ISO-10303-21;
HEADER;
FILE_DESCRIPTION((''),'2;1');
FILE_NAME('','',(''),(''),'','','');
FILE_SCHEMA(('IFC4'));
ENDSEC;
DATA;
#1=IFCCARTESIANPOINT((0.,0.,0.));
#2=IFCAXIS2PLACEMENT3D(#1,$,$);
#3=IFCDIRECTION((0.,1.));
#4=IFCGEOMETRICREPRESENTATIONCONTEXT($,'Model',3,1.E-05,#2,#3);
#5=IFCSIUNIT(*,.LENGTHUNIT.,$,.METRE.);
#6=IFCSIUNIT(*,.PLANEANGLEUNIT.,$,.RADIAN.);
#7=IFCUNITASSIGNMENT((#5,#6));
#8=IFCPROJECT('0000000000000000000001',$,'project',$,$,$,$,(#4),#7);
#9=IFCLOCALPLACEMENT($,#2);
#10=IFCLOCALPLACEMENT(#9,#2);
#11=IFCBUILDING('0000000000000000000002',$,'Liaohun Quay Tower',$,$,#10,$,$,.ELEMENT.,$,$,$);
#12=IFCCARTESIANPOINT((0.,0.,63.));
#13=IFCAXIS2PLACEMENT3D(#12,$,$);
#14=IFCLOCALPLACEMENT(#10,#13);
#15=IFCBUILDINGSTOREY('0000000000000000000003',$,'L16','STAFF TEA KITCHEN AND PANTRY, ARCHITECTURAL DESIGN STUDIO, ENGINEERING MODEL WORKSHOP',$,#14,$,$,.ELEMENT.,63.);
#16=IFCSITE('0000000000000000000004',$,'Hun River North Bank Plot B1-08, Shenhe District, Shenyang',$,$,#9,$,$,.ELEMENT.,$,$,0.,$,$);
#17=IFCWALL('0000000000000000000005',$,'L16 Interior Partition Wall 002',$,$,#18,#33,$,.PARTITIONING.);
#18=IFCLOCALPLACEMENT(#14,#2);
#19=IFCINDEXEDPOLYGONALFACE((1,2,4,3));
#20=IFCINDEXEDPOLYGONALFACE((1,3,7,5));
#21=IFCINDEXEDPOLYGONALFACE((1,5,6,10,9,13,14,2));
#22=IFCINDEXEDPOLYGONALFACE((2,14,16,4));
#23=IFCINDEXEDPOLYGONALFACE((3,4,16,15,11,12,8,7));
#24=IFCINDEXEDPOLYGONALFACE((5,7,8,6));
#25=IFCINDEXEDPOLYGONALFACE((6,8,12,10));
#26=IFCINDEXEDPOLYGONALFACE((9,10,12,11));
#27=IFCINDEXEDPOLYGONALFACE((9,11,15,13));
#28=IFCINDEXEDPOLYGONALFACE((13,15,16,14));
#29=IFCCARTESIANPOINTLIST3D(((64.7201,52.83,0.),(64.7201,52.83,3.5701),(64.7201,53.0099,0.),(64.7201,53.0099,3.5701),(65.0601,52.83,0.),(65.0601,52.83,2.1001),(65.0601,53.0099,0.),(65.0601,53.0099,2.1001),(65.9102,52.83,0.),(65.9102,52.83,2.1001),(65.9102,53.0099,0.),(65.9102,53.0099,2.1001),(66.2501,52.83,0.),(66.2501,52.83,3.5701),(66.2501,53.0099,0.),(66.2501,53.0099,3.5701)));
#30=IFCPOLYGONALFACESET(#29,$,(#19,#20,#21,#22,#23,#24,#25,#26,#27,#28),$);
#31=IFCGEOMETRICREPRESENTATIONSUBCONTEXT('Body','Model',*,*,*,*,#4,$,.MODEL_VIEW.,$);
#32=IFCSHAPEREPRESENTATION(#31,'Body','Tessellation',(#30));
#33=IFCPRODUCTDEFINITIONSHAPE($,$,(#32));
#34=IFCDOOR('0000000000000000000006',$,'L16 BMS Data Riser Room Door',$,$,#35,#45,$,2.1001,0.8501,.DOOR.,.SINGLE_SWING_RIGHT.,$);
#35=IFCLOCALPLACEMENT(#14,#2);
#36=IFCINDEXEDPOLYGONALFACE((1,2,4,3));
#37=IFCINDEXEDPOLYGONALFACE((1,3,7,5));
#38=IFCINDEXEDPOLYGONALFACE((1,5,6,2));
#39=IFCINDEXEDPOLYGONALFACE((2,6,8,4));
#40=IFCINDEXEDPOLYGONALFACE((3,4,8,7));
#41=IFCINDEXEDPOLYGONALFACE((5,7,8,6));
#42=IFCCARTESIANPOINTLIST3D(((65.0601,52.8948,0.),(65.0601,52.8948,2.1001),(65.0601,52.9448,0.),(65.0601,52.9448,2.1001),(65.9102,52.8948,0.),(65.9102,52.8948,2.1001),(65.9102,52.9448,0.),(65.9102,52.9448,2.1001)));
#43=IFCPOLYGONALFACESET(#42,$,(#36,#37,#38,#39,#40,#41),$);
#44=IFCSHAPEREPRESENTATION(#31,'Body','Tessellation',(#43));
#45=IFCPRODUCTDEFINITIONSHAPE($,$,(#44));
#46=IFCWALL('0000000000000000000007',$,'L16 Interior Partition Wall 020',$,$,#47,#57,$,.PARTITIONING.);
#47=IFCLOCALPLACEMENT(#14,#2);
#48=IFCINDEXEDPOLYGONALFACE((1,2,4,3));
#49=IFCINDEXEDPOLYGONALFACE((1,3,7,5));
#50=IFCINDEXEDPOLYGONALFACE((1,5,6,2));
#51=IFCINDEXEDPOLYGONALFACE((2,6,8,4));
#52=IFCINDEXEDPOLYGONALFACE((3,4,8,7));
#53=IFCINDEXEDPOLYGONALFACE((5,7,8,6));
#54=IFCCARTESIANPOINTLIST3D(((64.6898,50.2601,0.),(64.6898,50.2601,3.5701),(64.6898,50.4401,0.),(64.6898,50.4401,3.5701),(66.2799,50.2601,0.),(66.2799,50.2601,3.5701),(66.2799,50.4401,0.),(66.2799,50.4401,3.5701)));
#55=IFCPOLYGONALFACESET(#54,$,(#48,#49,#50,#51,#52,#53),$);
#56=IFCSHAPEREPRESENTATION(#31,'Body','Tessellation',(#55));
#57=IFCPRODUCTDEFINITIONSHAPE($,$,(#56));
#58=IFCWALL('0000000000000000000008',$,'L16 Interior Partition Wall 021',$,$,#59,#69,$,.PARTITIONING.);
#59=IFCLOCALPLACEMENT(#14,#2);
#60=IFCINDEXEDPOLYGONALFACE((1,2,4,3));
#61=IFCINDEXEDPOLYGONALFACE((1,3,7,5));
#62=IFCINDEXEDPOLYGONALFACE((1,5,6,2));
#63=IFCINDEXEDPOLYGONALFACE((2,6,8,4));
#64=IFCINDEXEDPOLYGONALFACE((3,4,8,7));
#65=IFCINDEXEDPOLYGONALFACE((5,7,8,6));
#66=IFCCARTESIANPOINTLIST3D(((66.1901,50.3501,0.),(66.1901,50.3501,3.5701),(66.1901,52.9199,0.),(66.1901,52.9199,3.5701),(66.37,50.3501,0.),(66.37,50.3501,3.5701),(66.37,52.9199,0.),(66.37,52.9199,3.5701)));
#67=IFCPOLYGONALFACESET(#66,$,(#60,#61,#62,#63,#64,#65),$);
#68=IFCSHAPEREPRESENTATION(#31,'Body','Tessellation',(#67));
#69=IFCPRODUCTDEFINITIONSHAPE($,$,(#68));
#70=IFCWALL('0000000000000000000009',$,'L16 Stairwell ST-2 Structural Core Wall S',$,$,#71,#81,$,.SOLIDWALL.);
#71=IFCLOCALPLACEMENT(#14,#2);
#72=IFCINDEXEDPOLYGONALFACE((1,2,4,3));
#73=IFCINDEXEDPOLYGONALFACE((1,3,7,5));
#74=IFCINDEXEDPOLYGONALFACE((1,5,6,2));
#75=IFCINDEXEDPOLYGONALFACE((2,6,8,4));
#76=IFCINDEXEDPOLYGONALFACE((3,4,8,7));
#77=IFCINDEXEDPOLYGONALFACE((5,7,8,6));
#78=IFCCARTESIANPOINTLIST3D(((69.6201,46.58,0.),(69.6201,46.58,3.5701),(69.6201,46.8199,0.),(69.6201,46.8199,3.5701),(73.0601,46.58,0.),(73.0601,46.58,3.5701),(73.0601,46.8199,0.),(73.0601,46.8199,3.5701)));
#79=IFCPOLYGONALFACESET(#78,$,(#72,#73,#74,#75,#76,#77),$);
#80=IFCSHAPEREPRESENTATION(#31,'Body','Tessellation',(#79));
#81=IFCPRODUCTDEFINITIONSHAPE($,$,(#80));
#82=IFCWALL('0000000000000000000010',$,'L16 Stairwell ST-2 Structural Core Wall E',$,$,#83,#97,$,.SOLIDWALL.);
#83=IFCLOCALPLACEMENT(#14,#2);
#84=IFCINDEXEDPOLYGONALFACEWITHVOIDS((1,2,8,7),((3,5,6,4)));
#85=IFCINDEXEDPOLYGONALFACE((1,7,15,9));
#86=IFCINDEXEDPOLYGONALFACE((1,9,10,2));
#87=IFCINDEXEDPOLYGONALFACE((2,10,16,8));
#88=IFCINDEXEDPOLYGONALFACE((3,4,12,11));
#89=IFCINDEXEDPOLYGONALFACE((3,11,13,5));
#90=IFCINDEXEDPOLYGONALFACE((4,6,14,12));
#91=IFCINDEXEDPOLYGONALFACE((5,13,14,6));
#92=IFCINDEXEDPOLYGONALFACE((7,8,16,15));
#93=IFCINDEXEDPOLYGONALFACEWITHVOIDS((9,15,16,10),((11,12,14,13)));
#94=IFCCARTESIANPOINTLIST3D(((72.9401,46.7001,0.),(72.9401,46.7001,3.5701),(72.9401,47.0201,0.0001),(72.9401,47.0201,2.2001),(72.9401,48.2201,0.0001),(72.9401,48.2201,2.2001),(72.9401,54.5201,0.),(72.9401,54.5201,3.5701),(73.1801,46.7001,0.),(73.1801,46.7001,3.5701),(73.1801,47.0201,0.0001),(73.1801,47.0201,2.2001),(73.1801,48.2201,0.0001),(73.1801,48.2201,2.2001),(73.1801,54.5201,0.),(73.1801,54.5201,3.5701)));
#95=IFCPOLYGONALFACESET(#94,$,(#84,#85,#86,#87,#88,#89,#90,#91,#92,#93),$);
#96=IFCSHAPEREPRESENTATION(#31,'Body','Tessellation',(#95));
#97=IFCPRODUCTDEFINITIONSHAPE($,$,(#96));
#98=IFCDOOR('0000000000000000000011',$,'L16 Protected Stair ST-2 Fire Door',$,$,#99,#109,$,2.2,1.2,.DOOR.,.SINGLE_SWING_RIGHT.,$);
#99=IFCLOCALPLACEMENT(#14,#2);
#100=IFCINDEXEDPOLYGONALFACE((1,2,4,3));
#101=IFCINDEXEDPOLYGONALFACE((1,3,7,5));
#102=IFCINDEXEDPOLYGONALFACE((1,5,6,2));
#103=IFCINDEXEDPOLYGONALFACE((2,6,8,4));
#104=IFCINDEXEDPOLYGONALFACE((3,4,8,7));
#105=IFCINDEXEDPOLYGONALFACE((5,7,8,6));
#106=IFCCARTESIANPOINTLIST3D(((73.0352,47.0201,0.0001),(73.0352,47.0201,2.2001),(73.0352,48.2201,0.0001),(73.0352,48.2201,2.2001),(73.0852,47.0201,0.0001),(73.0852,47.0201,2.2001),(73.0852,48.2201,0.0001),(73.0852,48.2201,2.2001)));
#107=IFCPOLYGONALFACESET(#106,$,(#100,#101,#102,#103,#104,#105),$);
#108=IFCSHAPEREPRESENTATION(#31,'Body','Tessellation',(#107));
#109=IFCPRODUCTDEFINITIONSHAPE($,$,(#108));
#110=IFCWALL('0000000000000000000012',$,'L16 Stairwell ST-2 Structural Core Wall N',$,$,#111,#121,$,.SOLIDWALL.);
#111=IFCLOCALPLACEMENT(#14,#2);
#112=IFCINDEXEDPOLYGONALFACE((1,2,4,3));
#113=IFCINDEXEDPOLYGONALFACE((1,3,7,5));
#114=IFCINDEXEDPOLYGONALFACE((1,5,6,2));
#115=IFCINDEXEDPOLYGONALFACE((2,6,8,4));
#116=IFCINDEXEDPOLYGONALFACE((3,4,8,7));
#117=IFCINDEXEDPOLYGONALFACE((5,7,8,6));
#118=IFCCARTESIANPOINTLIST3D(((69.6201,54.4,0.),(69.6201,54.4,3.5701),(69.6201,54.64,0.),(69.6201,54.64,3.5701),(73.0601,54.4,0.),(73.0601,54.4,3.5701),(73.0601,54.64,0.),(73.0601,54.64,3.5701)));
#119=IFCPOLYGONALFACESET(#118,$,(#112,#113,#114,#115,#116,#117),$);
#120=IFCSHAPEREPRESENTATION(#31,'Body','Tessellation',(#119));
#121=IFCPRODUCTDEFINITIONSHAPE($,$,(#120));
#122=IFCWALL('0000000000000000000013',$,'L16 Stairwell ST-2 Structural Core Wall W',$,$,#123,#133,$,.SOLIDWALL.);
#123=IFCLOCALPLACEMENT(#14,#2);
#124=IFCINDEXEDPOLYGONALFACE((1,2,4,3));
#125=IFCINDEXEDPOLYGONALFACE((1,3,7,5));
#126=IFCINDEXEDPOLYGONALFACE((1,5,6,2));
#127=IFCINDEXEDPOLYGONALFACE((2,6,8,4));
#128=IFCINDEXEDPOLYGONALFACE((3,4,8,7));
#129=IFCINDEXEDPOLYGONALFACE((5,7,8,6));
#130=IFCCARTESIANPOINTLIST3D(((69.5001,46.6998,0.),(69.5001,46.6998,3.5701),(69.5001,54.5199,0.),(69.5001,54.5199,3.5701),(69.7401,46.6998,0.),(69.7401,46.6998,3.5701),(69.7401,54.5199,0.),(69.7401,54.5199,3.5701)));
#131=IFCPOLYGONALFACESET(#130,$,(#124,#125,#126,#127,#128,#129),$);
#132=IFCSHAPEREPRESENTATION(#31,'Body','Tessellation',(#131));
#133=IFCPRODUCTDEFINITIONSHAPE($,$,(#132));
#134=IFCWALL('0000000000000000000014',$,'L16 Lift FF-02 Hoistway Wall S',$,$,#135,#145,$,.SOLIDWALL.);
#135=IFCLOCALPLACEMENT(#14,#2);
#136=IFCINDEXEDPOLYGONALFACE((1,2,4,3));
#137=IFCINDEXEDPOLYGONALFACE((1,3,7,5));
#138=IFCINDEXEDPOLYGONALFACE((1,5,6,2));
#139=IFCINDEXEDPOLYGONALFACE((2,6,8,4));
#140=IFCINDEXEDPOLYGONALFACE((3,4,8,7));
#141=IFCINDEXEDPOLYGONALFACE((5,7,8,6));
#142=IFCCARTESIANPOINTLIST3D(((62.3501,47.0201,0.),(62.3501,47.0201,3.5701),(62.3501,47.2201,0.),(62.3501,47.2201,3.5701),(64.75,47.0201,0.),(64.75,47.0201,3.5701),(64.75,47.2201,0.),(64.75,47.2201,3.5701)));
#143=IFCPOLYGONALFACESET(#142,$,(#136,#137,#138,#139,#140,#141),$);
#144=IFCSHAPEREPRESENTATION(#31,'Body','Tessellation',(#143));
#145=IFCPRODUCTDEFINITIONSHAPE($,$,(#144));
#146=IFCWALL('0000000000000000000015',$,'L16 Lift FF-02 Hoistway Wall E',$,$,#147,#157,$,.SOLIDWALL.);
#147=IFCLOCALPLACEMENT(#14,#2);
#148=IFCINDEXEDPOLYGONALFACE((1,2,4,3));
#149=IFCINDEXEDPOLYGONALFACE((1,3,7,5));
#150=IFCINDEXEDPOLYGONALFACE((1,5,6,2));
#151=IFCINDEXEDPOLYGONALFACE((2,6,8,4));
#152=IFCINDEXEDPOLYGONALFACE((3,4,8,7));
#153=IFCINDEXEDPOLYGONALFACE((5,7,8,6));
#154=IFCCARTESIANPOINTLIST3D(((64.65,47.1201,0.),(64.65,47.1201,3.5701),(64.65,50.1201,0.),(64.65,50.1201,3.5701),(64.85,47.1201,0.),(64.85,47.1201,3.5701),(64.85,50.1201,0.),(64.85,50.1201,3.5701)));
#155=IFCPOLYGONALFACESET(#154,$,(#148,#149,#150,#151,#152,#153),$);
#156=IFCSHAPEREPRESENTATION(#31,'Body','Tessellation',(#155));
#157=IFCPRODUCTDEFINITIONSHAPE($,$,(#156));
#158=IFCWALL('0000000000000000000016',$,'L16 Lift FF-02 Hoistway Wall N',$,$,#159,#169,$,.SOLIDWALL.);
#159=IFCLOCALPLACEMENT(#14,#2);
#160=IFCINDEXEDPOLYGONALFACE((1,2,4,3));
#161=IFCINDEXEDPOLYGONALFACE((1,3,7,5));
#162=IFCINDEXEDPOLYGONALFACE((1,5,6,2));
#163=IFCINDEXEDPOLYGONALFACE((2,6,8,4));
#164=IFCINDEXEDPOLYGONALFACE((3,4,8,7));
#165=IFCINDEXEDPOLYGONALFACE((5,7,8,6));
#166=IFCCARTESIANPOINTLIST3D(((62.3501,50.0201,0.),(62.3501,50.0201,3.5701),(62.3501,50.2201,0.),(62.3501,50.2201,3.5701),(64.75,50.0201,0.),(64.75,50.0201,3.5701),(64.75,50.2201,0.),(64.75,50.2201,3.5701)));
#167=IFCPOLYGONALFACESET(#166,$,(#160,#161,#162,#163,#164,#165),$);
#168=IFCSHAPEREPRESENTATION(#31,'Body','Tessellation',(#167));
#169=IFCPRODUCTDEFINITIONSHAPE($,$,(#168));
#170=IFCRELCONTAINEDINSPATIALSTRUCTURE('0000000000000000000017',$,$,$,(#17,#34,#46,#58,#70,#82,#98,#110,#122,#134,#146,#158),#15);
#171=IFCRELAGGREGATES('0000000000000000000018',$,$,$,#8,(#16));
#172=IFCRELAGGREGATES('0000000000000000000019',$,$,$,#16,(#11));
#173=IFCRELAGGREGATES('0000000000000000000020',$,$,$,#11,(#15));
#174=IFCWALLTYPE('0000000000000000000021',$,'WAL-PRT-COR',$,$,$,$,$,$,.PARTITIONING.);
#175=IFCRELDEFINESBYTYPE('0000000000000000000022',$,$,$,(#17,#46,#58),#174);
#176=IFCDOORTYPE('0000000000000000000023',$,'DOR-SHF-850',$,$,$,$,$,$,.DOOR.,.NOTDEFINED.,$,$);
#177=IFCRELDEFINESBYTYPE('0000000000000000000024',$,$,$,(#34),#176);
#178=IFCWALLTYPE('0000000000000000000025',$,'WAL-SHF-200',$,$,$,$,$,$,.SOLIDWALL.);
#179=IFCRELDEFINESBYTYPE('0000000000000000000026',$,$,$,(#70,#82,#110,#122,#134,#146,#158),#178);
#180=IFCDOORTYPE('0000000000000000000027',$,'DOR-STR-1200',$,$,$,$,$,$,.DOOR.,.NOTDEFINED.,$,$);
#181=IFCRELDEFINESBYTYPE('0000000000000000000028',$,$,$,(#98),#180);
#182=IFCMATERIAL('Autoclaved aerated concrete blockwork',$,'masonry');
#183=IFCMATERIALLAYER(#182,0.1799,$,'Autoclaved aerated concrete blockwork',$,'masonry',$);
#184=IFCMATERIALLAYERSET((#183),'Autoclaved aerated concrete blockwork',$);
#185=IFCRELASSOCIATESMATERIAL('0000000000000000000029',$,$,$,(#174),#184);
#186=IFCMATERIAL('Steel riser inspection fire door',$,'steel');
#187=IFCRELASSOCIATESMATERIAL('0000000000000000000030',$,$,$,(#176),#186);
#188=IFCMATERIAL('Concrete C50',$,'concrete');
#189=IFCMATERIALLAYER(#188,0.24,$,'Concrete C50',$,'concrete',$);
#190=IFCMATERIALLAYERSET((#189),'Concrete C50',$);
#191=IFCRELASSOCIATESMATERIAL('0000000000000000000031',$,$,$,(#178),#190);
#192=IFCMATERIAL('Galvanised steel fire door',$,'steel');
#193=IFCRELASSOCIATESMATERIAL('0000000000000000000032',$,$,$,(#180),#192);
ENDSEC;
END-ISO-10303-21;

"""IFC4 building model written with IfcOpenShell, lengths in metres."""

from ifc_helpers import new_model, si_unit, direction, frame, frame_2d, origin, place, context, subcontext, project, spatial, rectangle, extrude, source, transform, mapped, material, layer, layer_set, type_object, element, fill, save


model = new_model("IFC4")

# Units and contexts
model_context = context("Model", 3, precision=1e-05, world=origin(), true_north=direction((0.0, 1.0)))
body_context = subcontext(model_context, "Body", "Model", "MODEL_VIEW")
ifc_project = project(units=[si_unit("LENGTHUNIT", "METRE"), si_unit("PLANEANGLEUNIT", "RADIAN")], contexts=[model_context])

# Site, building, storey
site_placement = place(None, origin())
site = spatial("IfcSite", under=ifc_project, at=site_placement, Name="Hun River North Bank Plot B1-08, Shenhe District, Shenyang", CompositionType="ELEMENT", RefElevation=0.0)
building_placement = place(site_placement, origin())
building = spatial("IfcBuilding", under=site, at=building_placement, Name="Liaohun Quay Tower", CompositionType="ELEMENT")
storey_placement = place(building_placement, frame((0.0, 0.0, 63.0)))
storey = spatial("IfcBuildingStorey", under=building, at=storey_placement, Name="L16", Description="STAFF TEA KITCHEN AND PANTRY, ARCHITECTURAL DESIGN STUDIO, ENGINEERING MODEL WORKSHOP", CompositionType="ELEMENT", Elevation=63.0)

# Wall, opening, door
ifc_material_1 = material(Name="Autoclaved aerated concrete blockwork", Category="masonry")
ifc_layer_1 = layer(ifc_material_1, 0.1799, Name="Autoclaved aerated concrete blockwork", Category="masonry")
ifc_layer_set_1 = layer_set([ifc_layer_1], Name="Autoclaved aerated concrete blockwork")
wall_type_1 = type_object("IfcWallType", Name="WAL-PRT-COR", PredefinedType="PARTITIONING", material=ifc_layer_set_1)
wall_1_placement = place(storey_placement, frame((64.72, 52.9199, 0.0), z_axis=(0.0, 0.0, 1.0), x_axis=(1.0, 0.0, 0.0)))
wall_1 = element("IfcWall", 1, at=wall_1_placement, inside=storey, type_object=wall_type_1, Name="L16 Interior Partition Wall 002", PredefinedType="PARTITIONING", context=body_context, shape_type="SweptSolid", body=[
    extrude(rectangle(XDim=1.53, YDim=0.1799, at=frame_2d((0.7651, 0.0))), origin(), (0.0, 0.0, 1.0), 3.5701),
])
shared_shape_1 = source(origin(), body_context, "Body", "SweptSolid", [
    extrude(rectangle(XDim=0.8501, YDim=2.1001, at=frame_2d((0.425, 1.05))), frame((0.0, 0.0999, 0.0), z_axis=(0.0, -1.0, 0.0), x_axis=(1.0, 0.0, 0.0)), (0.0, 0.0, 1.0), 0.2),
])
opening_1_placement = place(wall_1_placement, frame((0.3401, 0.0, 0.0)))
opening_1 = element("IfcOpeningElement", 2, at=opening_1_placement, cuts=wall_1, PredefinedType="OPENING", context=body_context, shape_type="MappedRepresentation", body=[
    mapped(shared_shape_1, transform((0.0, 0.0, 0.0), x_axis=(1.0, 0.0, 0.0), y_axis=(0.0, 1.0, 0.0), z_axis=(0.0, 0.0, 1.0), scale=1.0)),
])
ifc_material_2 = material(Name="Steel riser inspection fire door", Category="steel")
door_type_1 = type_object("IfcDoorType", Name="DOR-SHF-850", OperationType="NOTDEFINED", PredefinedType="DOOR", material=ifc_material_2)
shared_shape_2 = source(origin(), body_context, "Body", "SweptSolid", [
    extrude(rectangle(XDim=0.8501, YDim=2.1001, at=frame_2d((0.425, 1.05))), frame((0.0, 0.0249, 0.0), z_axis=(0.0, -1.0, 0.0), x_axis=(1.0, 0.0, 0.0)), (0.0, 0.0, 1.0), 0.05),
])
door_1_placement = place(opening_1_placement, origin())
door_1 = element("IfcDoor", 3, at=door_1_placement, inside=storey, type_object=door_type_1, Name="L16 BMS Data Riser Room Door", OperationType="SINGLE_SWING_RIGHT", OverallHeight=2.1001, OverallWidth=0.8501, PredefinedType="DOOR", context=body_context, shape_type="MappedRepresentation", body=[
    mapped(shared_shape_2, transform((0.0, 0.0, 0.0), x_axis=(1.0, 0.0, 0.0), y_axis=(0.0, 1.0, 0.0), z_axis=(0.0, 0.0, 1.0), scale=1.0)),
])
fill(opening_1, door_1)

# Walls
wall_2_placement = place(storey_placement, frame((64.6899, 50.3501, 0.0), z_axis=(0.0, 0.0, 1.0), x_axis=(1.0, 0.0, 0.0)))
element("IfcWall", 4, at=wall_2_placement, inside=storey, type_object=wall_type_1, Name="L16 Interior Partition Wall 020", PredefinedType="PARTITIONING", context=body_context, shape_type="SweptSolid", body=[
    extrude(rectangle(XDim=1.5901, YDim=0.1799, at=frame_2d((0.7949, 0.0))), origin(), (0.0, 0.0, 1.0), 3.5701),
])
wall_3_placement = place(storey_placement, frame((66.28, 50.3501, 0.0), z_axis=(0.0, 0.0, 1.0), x_axis=(0.0, 1.0, 0.0)))
element("IfcWall", 5, at=wall_3_placement, inside=storey, type_object=wall_type_1, Name="L16 Interior Partition Wall 021", PredefinedType="PARTITIONING", context=body_context, shape_type="SweptSolid", body=[
    extrude(rectangle(XDim=2.5698, YDim=0.1799, at=frame_2d((1.2849, 0.0))), origin(), (0.0, 0.0, 1.0), 3.5701),
])
ifc_material_3 = material(Name="Concrete C50", Category="concrete")
ifc_layer_2 = layer(ifc_material_3, 0.24, Name="Concrete C50", Category="concrete")
ifc_layer_set_2 = layer_set([ifc_layer_2], Name="Concrete C50")
wall_type_2 = type_object("IfcWallType", Name="WAL-SHF-200", PredefinedType="SOLIDWALL", material=ifc_layer_set_2)
wall_4_placement = place(storey_placement, frame((69.6201, 46.7, 0.0), z_axis=(0.0, 0.0, 1.0), x_axis=(1.0, 0.0, 0.0)))
element("IfcWall", 6, at=wall_4_placement, inside=storey, type_object=wall_type_2, Name="L16 Stairwell ST-2 Structural Core Wall S", PredefinedType="SOLIDWALL", context=body_context, shape_type="SweptSolid", body=[
    extrude(rectangle(XDim=3.4399, YDim=0.24, at=frame_2d((1.72, 0.0))), origin(), (0.0, 0.0, 1.0), 3.5701),
])

# Wall, opening, door
wall_5_placement = place(storey_placement, frame((73.0601, 46.7, 0.0), z_axis=(0.0, 0.0, 1.0), x_axis=(0.0, 1.0, 0.0)))
wall_5 = element("IfcWall", 7, at=wall_5_placement, inside=storey, type_object=wall_type_2, Name="L16 Stairwell ST-2 Structural Core Wall E", PredefinedType="SOLIDWALL", context=body_context, shape_type="SweptSolid", body=[
    extrude(rectangle(XDim=7.8201, YDim=0.24, at=frame_2d((3.9102, 0.0))), origin(), (0.0, 0.0, 1.0), 3.5701),
])
shared_shape_3 = source(origin(), body_context, "Body", "SweptSolid", [
    extrude(rectangle(XDim=1.2, YDim=2.2, at=frame_2d((0.6001, 1.1001))), frame((0.0, 0.1299, 0.0), z_axis=(0.0, -1.0, 0.0), x_axis=(1.0, 0.0, 0.0)), (0.0, 0.0, 1.0), 0.26),
])
opening_2_placement = place(wall_5_placement, frame((0.3201, 0.0, 0.0)))
opening_2 = element("IfcOpeningElement", 8, at=opening_2_placement, cuts=wall_5, PredefinedType="OPENING", context=body_context, shape_type="MappedRepresentation", body=[
    mapped(shared_shape_3, transform((0.0, 0.0, 0.0), x_axis=(1.0, 0.0, 0.0), y_axis=(0.0, 1.0, 0.0), z_axis=(0.0, 0.0, 1.0), scale=1.0)),
])
ifc_material_4 = material(Name="Galvanised steel fire door", Category="steel")
door_type_2 = type_object("IfcDoorType", Name="DOR-STR-1200", OperationType="NOTDEFINED", PredefinedType="DOOR", material=ifc_material_4)
shared_shape_4 = source(origin(), body_context, "Body", "SweptSolid", [
    extrude(rectangle(XDim=1.2, YDim=2.2, at=frame_2d((0.6001, 1.1001))), frame((0.0, 0.0249, 0.0), z_axis=(0.0, -1.0, 0.0), x_axis=(1.0, 0.0, 0.0)), (0.0, 0.0, 1.0), 0.05),
])
door_2_placement = place(opening_2_placement, origin())
door_2 = element("IfcDoor", 9, at=door_2_placement, inside=storey, type_object=door_type_2, Name="L16 Protected Stair ST-2 Fire Door", OperationType="SINGLE_SWING_RIGHT", OverallHeight=2.2, OverallWidth=1.2, PredefinedType="DOOR", context=body_context, shape_type="MappedRepresentation", body=[
    mapped(shared_shape_4, transform((0.0, 0.0, 0.0), x_axis=(1.0, 0.0, 0.0), y_axis=(0.0, 1.0, 0.0), z_axis=(0.0, 0.0, 1.0), scale=1.0)),
])
fill(opening_2, door_2)

# Walls
wall_6_placement = place(storey_placement, frame((73.0601, 54.52, 0.0), z_axis=(0.0, 0.0, 1.0), x_axis=(-1.0, 0.0, 0.0)))
element("IfcWall", 10, at=wall_6_placement, inside=storey, type_object=wall_type_2, Name="L16 Stairwell ST-2 Structural Core Wall N", PredefinedType="SOLIDWALL", context=body_context, shape_type="SweptSolid", body=[
    extrude(rectangle(XDim=3.4399, YDim=0.24, at=frame_2d((1.72, 0.0))), origin(), (0.0, 0.0, 1.0), 3.5701),
])
wall_7_placement = place(storey_placement, frame((69.6201, 54.52, 0.0), z_axis=(0.0, 0.0, 1.0), x_axis=(0.0, -1.0, 0.0)))
element("IfcWall", 11, at=wall_7_placement, inside=storey, type_object=wall_type_2, Name="L16 Stairwell ST-2 Structural Core Wall W", PredefinedType="SOLIDWALL", context=body_context, shape_type="SweptSolid", body=[
    extrude(rectangle(XDim=7.8201, YDim=0.24, at=frame_2d((3.9102, 0.0))), origin(), (0.0, 0.0, 1.0), 3.5701),
])
wall_8_placement = place(storey_placement, frame((62.3501, 47.1201, 0.0), z_axis=(0.0, 0.0, 1.0), x_axis=(1.0, 0.0, 0.0)))
element("IfcWall", 12, at=wall_8_placement, inside=storey, type_object=wall_type_2, Name="L16 Lift FF-02 Hoistway Wall S", PredefinedType="SOLIDWALL", context=body_context, shape_type="SweptSolid", body=[
    extrude(rectangle(XDim=2.3999, YDim=0.2, at=frame_2d((1.2, 0.0))), origin(), (0.0, 0.0, 1.0), 3.5701),
])
wall_9_placement = place(storey_placement, frame((64.75, 47.1201, 0.0), z_axis=(0.0, 0.0, 1.0), x_axis=(0.0, 1.0, 0.0)))
element("IfcWall", 13, at=wall_9_placement, inside=storey, type_object=wall_type_2, Name="L16 Lift FF-02 Hoistway Wall E", PredefinedType="SOLIDWALL", context=body_context, shape_type="SweptSolid", body=[
    extrude(rectangle(XDim=3.0, YDim=0.2, at=frame_2d((1.5, 0.0))), origin(), (0.0, 0.0, 1.0), 3.5701),
])
wall_10_placement = place(storey_placement, frame((64.75, 50.1201, 0.0), z_axis=(0.0, 0.0, 1.0), x_axis=(-1.0, 0.0, 0.0)))
element("IfcWall", 14, at=wall_10_placement, inside=storey, type_object=wall_type_2, Name="L16 Lift FF-02 Hoistway Wall N", PredefinedType="SOLIDWALL", context=body_context, shape_type="SweptSolid", body=[
    extrude(rectangle(XDim=2.3999, YDim=0.2, at=frame_2d((1.2, 0.0))), origin(), (0.0, 0.0, 1.0), 3.5701),
])

save(model, "model.ifc")
